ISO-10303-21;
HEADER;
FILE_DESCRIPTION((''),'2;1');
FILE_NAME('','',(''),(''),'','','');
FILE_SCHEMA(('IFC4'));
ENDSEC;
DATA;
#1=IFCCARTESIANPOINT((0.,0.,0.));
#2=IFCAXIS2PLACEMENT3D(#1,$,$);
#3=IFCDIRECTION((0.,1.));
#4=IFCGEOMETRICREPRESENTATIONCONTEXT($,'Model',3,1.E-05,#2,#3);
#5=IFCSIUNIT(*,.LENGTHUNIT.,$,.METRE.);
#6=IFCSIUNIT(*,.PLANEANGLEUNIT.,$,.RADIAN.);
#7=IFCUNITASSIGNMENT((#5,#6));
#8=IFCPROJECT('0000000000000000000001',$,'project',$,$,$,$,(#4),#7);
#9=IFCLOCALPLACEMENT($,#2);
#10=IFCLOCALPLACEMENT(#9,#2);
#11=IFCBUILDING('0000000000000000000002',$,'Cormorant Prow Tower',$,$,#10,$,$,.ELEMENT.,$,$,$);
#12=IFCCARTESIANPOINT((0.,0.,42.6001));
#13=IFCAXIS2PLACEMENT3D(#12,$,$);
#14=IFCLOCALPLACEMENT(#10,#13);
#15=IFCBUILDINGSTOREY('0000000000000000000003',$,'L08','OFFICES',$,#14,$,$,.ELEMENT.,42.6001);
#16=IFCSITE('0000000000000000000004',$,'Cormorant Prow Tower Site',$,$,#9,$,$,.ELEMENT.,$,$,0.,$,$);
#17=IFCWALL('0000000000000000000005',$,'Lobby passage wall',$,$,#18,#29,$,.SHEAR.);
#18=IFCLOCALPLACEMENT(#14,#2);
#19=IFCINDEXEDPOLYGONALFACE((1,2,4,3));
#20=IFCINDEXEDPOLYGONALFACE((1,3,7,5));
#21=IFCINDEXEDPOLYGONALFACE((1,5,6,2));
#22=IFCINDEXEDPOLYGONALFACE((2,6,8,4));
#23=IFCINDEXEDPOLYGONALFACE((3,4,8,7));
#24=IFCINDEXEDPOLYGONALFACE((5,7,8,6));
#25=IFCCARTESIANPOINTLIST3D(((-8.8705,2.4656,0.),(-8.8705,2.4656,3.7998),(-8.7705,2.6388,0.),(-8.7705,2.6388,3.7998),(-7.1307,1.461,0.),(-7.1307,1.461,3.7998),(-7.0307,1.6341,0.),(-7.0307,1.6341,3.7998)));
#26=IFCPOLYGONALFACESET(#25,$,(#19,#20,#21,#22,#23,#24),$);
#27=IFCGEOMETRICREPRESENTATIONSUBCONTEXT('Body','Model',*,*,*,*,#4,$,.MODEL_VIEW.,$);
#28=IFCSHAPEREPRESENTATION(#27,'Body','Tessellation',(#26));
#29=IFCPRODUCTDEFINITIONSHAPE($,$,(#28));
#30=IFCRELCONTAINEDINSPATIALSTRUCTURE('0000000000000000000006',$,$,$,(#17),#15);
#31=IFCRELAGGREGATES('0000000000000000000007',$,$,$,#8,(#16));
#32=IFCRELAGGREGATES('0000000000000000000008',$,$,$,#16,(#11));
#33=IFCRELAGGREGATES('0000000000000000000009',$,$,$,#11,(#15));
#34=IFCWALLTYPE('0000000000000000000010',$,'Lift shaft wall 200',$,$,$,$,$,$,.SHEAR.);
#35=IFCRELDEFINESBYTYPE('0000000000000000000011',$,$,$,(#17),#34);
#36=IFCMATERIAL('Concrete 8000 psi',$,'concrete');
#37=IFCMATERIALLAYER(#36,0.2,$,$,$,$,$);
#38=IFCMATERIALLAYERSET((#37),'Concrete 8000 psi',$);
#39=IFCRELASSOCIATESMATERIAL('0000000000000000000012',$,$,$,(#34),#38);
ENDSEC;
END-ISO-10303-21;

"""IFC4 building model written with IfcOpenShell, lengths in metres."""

from ifc_helpers import new_model, si_unit, direction, frame, frame_2d, origin, place, context, subcontext, project, spatial, rectangle, extrude, material, layer, layer_set, type_object, element, save


model = new_model("IFC4")

# Units and contexts
model_context = context("Model", 3, precision=1e-05, world=origin(), true_north=direction((0.0, 1.0)))
body_context = subcontext(model_context, "Body", "Model", "MODEL_VIEW")
ifc_project = project(units=[si_unit("LENGTHUNIT", "METRE"), si_unit("PLANEANGLEUNIT", "RADIAN")], contexts=[model_context])

# Site, building, storey
site_placement = place(None, origin())
site = spatial("IfcSite", under=ifc_project, at=site_placement, Name="Cormorant Prow Tower Site", CompositionType="ELEMENT", RefElevation=0.0)
building_placement = place(site_placement, origin())
building = spatial("IfcBuilding", under=site, at=building_placement, Name="Cormorant Prow Tower", CompositionType="ELEMENT")
storey_placement = place(building_placement, frame((0.0, 0.0, 42.6001)))
storey = spatial("IfcBuildingStorey", under=building, at=storey_placement, Name="L08", Description="OFFICES", CompositionType="ELEMENT", Elevation=42.6001)

# Wall
ifc_material_1 = material(Name="Concrete 8000 psi", Category="concrete")
ifc_layer_1 = layer(ifc_material_1, 0.2)
ifc_layer_set_1 = layer_set([ifc_layer_1], Name="Concrete 8000 psi")
wall_type_1 = type_object("IfcWallType", Name="Lift shaft wall 200", PredefinedType="SHEAR", material=ifc_layer_set_1)
wall_1_placement = place(storey_placement, frame((-7.0808, 1.5476, 0.0), z_axis=(0.0, 0.0, 1.0), x_axis=(-0.865983, 0.500073, 0.0)))
element("IfcWall", 1, at=wall_1_placement, inside=storey, type_object=wall_type_1, Name="Lobby passage wall", PredefinedType="SHEAR", context=body_context, shape_type="SweptSolid", body=[
    extrude(rectangle(XDim=2.009, YDim=0.2, at=frame_2d((1.0044, 0.0))), origin(), (0.0, 0.0, 1.0), 3.7998),
])

save(model, "model.ifc")
